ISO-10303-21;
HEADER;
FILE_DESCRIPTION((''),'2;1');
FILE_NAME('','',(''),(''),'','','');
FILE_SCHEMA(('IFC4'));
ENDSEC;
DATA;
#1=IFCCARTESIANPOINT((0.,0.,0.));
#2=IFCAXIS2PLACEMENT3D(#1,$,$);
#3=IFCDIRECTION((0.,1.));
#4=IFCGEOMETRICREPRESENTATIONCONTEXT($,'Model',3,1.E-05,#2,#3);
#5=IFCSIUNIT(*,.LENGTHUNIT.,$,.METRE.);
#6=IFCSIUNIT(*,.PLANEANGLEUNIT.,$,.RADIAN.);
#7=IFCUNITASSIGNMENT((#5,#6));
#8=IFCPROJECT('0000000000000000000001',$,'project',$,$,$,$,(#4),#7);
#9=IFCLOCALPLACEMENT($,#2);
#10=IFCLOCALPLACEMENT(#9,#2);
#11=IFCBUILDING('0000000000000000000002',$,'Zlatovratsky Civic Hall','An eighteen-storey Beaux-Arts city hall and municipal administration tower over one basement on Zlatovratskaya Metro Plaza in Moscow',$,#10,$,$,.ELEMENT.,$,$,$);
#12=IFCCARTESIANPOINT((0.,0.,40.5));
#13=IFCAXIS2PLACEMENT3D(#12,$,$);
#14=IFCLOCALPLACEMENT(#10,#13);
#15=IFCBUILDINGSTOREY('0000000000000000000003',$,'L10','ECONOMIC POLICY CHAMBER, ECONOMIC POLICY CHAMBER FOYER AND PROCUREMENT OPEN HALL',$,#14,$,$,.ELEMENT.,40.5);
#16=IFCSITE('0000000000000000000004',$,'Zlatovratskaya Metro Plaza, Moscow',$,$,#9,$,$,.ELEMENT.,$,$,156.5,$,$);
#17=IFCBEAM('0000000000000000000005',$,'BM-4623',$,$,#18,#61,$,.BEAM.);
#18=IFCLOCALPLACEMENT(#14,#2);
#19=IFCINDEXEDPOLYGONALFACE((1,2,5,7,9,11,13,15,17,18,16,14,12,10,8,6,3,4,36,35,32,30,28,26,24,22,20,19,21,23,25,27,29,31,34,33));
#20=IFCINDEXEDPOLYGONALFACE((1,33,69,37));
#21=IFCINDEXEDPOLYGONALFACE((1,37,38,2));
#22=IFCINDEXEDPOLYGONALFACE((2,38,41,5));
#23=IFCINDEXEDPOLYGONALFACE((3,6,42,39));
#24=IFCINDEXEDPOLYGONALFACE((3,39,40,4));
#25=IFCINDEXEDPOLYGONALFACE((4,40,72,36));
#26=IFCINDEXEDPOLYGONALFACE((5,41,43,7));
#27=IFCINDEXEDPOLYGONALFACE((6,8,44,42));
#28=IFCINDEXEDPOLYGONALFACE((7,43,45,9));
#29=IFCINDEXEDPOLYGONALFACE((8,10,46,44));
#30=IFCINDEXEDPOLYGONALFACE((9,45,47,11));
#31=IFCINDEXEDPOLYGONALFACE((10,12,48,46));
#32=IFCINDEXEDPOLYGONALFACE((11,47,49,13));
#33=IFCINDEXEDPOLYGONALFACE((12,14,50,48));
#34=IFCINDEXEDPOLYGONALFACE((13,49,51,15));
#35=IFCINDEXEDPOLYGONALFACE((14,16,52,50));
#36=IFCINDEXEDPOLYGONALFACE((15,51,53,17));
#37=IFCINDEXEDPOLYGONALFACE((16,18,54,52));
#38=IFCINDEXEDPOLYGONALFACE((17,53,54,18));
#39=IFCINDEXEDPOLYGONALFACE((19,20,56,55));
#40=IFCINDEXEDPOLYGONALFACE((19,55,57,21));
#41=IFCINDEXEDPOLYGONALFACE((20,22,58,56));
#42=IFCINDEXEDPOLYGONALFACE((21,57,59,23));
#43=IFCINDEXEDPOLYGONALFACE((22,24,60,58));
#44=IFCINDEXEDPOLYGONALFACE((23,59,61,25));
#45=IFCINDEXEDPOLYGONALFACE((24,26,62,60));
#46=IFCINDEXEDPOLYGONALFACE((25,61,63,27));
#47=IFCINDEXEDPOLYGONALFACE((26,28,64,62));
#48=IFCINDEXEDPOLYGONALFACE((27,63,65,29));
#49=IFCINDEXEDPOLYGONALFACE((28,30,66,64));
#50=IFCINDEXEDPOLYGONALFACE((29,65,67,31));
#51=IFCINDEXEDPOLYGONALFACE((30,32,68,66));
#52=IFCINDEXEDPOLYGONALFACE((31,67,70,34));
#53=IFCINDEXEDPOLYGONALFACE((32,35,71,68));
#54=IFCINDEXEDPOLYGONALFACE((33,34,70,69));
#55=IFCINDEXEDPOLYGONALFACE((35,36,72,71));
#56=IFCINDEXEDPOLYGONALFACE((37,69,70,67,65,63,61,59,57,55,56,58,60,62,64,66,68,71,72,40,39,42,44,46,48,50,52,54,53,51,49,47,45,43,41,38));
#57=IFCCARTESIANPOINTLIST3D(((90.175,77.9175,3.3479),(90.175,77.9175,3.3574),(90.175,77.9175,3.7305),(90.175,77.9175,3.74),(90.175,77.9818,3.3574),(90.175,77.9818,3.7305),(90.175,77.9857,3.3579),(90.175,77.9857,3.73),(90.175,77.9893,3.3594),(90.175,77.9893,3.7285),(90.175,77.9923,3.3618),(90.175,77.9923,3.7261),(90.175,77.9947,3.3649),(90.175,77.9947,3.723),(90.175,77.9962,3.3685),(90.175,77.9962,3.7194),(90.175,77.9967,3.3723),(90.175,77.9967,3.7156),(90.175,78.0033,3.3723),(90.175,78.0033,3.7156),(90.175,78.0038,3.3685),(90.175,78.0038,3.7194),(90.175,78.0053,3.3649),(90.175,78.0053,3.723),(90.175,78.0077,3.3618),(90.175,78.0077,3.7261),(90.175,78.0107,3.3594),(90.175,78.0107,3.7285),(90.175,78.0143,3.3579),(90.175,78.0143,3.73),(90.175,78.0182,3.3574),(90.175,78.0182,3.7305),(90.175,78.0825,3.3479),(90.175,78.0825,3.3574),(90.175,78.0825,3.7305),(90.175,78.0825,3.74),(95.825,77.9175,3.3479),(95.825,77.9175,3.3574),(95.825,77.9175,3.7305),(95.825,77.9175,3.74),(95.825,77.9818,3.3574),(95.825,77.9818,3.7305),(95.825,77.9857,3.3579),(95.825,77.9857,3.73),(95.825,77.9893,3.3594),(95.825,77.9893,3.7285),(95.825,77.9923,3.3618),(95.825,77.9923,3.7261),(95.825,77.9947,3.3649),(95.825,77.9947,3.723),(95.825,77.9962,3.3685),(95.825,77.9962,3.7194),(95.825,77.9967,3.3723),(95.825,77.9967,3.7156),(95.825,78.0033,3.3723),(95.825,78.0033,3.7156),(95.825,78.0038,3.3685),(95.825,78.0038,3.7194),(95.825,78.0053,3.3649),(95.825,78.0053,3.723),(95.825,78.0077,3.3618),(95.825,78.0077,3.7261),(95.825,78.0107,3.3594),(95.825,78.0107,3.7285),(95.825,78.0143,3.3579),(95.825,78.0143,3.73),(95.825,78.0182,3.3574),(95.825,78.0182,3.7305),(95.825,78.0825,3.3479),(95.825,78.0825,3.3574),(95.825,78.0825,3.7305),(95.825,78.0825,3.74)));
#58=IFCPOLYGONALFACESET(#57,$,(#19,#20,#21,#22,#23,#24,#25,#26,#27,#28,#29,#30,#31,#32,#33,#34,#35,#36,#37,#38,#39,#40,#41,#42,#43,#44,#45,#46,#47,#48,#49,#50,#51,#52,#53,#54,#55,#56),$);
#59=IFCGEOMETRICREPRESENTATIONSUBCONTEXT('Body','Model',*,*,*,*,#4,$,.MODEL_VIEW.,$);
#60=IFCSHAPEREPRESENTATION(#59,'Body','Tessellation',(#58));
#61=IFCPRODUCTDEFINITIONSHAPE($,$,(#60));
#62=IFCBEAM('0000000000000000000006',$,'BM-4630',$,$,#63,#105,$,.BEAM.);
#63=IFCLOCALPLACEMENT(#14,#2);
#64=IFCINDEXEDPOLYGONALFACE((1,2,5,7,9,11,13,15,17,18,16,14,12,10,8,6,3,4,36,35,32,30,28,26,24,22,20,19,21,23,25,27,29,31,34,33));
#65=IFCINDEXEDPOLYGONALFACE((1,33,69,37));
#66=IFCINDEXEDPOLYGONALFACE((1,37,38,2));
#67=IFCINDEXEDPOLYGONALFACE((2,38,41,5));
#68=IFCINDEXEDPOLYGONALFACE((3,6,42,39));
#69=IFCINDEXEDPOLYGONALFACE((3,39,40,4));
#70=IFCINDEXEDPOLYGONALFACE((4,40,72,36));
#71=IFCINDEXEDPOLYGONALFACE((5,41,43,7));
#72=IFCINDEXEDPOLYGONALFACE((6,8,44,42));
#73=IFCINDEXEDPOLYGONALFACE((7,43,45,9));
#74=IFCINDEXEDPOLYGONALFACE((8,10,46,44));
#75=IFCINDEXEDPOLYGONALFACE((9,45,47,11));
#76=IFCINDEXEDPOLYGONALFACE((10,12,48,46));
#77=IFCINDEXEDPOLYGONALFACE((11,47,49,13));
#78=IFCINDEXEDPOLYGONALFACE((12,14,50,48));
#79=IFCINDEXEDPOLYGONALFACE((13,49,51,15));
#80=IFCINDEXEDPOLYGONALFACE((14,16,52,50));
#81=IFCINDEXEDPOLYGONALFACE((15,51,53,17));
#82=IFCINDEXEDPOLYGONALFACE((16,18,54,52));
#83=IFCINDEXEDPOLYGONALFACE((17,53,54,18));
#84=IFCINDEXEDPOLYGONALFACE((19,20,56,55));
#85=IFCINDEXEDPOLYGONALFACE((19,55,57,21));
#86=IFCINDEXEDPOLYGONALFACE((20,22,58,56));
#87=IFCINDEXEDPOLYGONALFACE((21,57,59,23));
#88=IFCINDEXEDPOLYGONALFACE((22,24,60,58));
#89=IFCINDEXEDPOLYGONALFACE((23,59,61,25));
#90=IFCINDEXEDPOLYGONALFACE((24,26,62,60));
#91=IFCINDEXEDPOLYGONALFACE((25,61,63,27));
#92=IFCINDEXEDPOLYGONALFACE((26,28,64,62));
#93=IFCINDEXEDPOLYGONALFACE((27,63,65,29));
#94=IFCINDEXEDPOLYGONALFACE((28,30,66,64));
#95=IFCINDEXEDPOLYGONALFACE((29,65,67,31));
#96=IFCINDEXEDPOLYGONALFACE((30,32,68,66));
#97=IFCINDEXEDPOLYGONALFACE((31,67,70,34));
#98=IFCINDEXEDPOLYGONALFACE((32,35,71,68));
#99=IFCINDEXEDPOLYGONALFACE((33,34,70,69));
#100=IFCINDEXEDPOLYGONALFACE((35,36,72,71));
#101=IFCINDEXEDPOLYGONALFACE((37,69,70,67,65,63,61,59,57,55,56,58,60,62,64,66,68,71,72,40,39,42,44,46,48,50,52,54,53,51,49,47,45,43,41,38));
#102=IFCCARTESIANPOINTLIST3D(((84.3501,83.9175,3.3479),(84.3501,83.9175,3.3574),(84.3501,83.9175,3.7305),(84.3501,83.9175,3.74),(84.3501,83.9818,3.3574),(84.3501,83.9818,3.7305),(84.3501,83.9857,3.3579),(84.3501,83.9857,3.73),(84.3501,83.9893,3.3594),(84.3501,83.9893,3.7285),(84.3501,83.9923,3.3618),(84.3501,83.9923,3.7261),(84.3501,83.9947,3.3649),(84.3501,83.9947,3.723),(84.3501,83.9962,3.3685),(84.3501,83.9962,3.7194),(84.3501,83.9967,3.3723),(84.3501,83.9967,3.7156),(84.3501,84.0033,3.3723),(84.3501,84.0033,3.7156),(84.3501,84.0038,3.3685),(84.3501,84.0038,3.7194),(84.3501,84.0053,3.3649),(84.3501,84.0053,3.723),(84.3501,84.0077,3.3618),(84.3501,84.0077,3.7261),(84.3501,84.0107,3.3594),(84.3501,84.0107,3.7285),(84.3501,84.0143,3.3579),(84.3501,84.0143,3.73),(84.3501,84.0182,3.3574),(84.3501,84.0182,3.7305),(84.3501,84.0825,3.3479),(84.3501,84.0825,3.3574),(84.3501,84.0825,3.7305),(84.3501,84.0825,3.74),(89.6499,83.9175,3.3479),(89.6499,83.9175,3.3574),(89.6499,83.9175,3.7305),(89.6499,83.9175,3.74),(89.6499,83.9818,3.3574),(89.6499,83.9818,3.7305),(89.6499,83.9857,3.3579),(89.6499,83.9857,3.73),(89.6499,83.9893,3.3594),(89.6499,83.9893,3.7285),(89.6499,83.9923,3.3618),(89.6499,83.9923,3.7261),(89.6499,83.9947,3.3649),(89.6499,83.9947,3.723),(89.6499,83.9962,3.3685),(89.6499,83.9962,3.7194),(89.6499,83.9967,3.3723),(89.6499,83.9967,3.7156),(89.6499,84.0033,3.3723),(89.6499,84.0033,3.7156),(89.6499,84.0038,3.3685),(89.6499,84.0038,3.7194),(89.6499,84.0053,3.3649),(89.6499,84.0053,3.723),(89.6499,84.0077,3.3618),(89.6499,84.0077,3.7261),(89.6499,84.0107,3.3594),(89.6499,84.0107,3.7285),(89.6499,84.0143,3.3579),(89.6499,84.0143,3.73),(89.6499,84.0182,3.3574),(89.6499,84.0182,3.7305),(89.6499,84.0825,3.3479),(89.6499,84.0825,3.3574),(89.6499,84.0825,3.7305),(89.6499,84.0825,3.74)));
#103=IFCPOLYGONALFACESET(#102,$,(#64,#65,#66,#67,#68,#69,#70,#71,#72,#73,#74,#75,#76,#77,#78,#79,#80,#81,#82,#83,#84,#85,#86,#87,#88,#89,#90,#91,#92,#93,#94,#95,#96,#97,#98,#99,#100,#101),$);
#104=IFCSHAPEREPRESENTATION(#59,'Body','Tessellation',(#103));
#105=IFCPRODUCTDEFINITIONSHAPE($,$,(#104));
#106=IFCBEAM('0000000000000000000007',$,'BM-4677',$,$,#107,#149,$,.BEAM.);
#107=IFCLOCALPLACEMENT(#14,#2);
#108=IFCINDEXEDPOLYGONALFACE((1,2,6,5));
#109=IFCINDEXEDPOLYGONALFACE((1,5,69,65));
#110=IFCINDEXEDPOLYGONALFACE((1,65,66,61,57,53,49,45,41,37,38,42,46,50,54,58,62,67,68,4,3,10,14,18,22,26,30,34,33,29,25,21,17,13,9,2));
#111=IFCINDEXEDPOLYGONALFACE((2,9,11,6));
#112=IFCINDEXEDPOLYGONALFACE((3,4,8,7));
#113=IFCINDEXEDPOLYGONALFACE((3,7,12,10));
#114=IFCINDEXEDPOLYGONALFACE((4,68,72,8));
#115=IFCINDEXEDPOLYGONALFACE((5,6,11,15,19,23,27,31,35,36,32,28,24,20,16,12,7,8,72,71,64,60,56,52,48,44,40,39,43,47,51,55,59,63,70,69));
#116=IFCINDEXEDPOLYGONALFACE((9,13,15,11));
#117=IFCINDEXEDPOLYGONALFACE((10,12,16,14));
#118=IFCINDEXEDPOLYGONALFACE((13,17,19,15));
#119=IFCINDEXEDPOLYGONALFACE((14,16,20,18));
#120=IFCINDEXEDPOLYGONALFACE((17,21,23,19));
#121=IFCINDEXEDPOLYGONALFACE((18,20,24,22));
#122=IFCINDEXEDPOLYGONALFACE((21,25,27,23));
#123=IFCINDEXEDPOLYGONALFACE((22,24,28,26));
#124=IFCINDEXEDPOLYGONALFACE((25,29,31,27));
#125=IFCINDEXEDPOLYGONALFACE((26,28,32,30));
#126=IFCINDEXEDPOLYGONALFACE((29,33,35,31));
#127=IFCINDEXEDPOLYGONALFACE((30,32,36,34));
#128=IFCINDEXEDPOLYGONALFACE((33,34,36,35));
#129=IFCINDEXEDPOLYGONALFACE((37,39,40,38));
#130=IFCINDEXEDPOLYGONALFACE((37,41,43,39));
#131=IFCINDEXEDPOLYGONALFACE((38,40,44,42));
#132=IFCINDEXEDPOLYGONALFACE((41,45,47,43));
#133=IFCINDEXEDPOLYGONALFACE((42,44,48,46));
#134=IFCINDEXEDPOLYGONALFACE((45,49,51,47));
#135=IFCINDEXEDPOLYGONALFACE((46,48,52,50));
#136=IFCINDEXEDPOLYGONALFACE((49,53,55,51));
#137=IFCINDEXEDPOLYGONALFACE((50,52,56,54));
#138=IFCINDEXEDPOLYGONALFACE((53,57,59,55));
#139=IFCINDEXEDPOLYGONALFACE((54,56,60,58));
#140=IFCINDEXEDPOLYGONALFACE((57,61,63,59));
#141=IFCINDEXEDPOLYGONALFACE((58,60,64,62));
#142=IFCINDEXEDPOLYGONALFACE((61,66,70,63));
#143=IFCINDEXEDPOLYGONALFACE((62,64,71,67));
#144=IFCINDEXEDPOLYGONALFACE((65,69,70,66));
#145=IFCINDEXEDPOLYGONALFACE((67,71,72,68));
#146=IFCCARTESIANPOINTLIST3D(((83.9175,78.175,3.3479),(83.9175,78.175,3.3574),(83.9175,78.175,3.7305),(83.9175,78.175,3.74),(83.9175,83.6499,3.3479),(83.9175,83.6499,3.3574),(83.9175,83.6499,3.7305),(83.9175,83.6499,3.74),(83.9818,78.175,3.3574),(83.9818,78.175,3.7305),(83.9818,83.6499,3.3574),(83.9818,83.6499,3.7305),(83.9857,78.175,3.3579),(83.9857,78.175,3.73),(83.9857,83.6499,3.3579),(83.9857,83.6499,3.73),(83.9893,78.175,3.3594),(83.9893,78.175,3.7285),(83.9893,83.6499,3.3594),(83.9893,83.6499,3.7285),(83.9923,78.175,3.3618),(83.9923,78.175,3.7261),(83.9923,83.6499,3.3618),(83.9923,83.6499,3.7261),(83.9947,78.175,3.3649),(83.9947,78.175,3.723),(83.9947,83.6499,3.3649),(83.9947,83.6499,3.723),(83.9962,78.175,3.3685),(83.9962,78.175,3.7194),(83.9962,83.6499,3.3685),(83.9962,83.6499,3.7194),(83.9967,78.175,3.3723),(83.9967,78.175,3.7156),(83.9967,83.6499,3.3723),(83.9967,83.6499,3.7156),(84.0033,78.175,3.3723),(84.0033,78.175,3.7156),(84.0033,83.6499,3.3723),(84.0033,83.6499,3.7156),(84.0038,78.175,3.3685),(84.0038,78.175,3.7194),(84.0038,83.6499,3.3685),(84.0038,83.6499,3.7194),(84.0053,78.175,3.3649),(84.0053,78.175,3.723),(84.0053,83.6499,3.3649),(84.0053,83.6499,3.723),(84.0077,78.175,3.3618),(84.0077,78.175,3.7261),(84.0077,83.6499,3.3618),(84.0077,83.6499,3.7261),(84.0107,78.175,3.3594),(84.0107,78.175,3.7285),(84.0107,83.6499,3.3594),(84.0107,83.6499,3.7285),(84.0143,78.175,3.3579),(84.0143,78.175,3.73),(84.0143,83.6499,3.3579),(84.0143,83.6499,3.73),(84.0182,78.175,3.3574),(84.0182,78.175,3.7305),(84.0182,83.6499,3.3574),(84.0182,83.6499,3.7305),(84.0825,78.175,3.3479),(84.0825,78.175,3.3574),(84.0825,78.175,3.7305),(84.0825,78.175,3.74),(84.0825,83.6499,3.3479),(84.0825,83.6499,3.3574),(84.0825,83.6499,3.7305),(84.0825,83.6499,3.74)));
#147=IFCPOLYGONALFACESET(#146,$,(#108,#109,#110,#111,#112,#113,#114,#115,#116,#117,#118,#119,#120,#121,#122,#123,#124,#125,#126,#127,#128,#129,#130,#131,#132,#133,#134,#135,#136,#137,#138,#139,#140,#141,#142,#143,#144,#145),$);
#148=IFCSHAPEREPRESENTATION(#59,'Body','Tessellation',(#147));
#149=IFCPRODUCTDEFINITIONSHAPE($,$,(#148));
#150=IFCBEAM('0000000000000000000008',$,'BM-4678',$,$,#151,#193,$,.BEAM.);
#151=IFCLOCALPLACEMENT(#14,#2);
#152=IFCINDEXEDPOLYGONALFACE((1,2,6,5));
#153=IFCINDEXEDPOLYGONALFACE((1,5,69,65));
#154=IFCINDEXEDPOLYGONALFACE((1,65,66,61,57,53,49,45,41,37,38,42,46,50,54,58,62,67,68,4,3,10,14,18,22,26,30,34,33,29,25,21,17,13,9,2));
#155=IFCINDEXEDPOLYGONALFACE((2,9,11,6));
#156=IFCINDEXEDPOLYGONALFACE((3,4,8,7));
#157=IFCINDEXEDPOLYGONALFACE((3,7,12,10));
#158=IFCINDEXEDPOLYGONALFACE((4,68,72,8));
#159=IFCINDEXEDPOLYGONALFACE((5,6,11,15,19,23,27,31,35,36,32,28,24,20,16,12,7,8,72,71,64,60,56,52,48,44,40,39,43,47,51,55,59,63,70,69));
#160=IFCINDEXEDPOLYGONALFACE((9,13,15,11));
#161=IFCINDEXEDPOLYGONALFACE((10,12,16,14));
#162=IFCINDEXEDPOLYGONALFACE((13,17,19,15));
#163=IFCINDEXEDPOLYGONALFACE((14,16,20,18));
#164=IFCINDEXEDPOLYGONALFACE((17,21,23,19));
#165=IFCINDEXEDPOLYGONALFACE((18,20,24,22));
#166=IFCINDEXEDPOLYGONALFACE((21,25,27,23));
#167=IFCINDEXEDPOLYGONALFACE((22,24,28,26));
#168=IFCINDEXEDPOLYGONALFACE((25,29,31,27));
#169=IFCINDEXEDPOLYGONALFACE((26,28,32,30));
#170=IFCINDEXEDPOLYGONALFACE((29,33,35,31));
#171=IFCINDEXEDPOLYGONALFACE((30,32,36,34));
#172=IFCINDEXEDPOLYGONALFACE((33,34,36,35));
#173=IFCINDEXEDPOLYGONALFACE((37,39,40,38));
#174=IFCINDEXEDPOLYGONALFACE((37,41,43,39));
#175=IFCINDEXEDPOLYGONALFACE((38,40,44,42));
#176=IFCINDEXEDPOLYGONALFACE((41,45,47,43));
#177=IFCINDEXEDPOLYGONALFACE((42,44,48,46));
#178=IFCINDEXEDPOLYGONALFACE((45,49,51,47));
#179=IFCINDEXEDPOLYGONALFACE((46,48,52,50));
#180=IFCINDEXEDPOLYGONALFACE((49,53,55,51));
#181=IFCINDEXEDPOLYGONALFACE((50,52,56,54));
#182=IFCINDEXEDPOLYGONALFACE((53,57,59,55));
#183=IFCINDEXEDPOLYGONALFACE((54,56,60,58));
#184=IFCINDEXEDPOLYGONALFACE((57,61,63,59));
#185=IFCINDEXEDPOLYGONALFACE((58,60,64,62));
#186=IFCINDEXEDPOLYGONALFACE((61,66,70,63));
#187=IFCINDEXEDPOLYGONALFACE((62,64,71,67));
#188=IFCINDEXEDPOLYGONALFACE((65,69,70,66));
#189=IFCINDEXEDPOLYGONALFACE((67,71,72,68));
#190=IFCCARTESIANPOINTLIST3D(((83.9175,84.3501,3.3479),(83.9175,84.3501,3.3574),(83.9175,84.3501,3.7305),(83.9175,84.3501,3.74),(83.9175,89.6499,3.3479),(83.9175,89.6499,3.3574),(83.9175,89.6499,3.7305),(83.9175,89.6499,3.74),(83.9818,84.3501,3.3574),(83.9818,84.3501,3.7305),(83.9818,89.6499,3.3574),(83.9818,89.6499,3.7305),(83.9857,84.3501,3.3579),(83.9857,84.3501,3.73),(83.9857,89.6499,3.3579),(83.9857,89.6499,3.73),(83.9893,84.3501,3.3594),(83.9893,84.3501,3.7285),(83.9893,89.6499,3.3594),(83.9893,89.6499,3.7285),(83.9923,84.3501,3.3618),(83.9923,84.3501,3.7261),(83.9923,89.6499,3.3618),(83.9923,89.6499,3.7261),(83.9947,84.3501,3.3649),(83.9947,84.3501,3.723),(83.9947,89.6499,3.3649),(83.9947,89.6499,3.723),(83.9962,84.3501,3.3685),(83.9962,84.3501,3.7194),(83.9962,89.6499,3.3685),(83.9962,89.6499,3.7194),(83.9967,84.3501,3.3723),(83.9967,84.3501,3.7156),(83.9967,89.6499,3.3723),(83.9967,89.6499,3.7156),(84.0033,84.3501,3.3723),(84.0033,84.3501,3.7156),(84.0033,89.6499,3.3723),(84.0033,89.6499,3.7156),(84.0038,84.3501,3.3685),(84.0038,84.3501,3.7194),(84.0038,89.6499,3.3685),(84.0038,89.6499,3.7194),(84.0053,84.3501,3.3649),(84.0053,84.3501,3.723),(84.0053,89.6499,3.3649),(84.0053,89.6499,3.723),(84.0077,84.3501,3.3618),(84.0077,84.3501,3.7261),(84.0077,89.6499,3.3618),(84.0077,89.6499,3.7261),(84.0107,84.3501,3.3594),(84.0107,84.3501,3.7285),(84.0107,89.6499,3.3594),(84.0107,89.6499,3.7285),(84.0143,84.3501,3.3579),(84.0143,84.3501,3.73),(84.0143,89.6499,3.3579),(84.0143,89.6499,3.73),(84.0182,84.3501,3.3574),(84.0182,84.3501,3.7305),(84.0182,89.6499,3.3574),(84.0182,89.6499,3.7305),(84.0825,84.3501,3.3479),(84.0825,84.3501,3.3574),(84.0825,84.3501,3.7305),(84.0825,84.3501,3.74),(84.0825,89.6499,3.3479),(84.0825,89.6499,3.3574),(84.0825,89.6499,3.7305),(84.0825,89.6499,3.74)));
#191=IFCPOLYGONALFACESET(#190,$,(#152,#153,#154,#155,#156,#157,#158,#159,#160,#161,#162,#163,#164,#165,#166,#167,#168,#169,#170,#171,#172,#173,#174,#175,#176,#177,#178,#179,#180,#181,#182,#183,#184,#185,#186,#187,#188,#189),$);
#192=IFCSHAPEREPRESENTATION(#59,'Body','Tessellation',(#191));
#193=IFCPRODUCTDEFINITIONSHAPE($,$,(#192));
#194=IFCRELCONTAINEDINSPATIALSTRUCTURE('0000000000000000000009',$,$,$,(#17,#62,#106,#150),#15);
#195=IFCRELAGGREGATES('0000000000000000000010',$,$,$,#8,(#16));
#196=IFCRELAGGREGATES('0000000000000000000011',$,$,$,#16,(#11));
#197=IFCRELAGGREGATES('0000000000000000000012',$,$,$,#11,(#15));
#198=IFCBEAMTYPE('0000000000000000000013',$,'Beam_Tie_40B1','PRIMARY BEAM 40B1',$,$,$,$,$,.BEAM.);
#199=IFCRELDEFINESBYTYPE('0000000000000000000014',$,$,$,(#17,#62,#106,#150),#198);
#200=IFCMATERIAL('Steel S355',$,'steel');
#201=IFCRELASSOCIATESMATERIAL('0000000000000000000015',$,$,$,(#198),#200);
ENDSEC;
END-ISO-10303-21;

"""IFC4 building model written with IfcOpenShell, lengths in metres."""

from ifc_helpers import new_model, si_unit, direction, frame, origin, origin_2d, place, context, subcontext, project, spatial, i_section, extrude, material, material_profile, profile_set, type_object, element, save


model = new_model("IFC4")

# Units and contexts
model_context = context("Model", 3, precision=1e-05, world=origin(), true_north=direction((0.0, 1.0)))
body_context = subcontext(model_context, "Body", "Model", "MODEL_VIEW")
ifc_project = project(units=[si_unit("LENGTHUNIT", "METRE"), si_unit("PLANEANGLEUNIT", "RADIAN")], contexts=[model_context])

# Site, building, storey
site_placement = place(None, origin())
site = spatial("IfcSite", under=ifc_project, at=site_placement, Name="Zlatovratskaya Metro Plaza, Moscow", CompositionType="ELEMENT", RefElevation=156.5)
building_placement = place(site_placement, origin())
building = spatial("IfcBuilding", under=site, at=building_placement, Name="Zlatovratsky Civic Hall", Description="An eighteen-storey Beaux-Arts city hall and municipal administration tower over one basement on Zlatovratskaya Metro Plaza in Moscow", CompositionType="ELEMENT")
storey_placement = place(building_placement, frame((0.0, 0.0, 40.5)))
storey = spatial("IfcBuildingStorey", under=building, at=storey_placement, Name="L10", Description="ECONOMIC POLICY CHAMBER, ECONOMIC POLICY CHAMBER FOYER AND PROCUREMENT OPEN HALL", CompositionType="ELEMENT", Elevation=40.5)

# Shared definitions
ifc_material_1 = material(Name="Steel S355", Category="steel")

# Beams
ifc_material_profile_1 = material_profile(ifc_material_1, i_section(OverallWidth=0.165, OverallDepth=0.3921, WebThickness=0.0066, FlangeThickness=0.0095, FilletRadius=0.0149, at=origin_2d()), Name="40B1")
ifc_profile_set_1 = profile_set([ifc_material_profile_1], Name="Steel S355")
beam_type = type_object("IfcBeamType", Name="Beam_Tie_40B1", Description="PRIMARY BEAM 40B1", PredefinedType="BEAM", material=ifc_profile_set_1)
for number, where, z_axis, x_axis, name in (
    (1, (90.175, 78.0, 3.5439), (1.0, 0.0, 0.0), (0.0, 1.0, 0.0), "BM-4623"),
):
    element("IfcBeam", number, at=place(storey_placement, frame(where, z_axis=z_axis, x_axis=x_axis)), inside=storey, type_object=beam_type, Name=name, PredefinedType="BEAM", context=body_context, shape_type="SweptSolid", body=[
        extrude(i_section(OverallWidth=0.165, OverallDepth=0.3921, WebThickness=0.0066, FlangeThickness=0.0095, FilletRadius=0.0149, at=origin_2d()), origin(), (0.0, 0.0, 1.0), 5.6499),
    ])
beam_1_placement = place(storey_placement, frame((84.3501, 84.0, 3.5439), z_axis=(1.0, 0.0, 0.0), x_axis=(0.0, 1.0, 0.0)))
element("IfcBeam", 2, at=beam_1_placement, inside=storey, type_object=beam_type, Name="BM-4630", PredefinedType="BEAM", context=body_context, shape_type="SweptSolid", body=[
    extrude(i_section(OverallWidth=0.165, OverallDepth=0.3921, WebThickness=0.0066, FlangeThickness=0.0095, FilletRadius=0.0149, at=origin_2d()), origin(), (0.0, 0.0, 1.0), 5.2998),
])
beam_2_placement = place(storey_placement, frame((84.0, 78.175, 3.5439), z_axis=(0.0, 1.0, 0.0), x_axis=(-1.0, 0.0, 0.0)))
element("IfcBeam", 3, at=beam_2_placement, inside=storey, type_object=beam_type, Name="BM-4677", PredefinedType="BEAM", context=body_context, shape_type="SweptSolid", body=[
    extrude(i_section(OverallWidth=0.165, OverallDepth=0.3921, WebThickness=0.0066, FlangeThickness=0.0095, FilletRadius=0.0149, at=origin_2d()), origin(), (0.0, 0.0, 1.0), 5.4749),
])
beam_3_placement = place(storey_placement, frame((84.0, 84.3501, 3.5439), z_axis=(0.0, 1.0, 0.0), x_axis=(-1.0, 0.0, 0.0)))
element("IfcBeam", 4, at=beam_3_placement, inside=storey, type_object=beam_type, Name="BM-4678", PredefinedType="BEAM", context=body_context, shape_type="SweptSolid", body=[
    extrude(i_section(OverallWidth=0.165, OverallDepth=0.3921, WebThickness=0.0066, FlangeThickness=0.0095, FilletRadius=0.0149, at=origin_2d()), origin(), (0.0, 0.0, 1.0), 5.2998),
])

save(model, "model.ifc")
